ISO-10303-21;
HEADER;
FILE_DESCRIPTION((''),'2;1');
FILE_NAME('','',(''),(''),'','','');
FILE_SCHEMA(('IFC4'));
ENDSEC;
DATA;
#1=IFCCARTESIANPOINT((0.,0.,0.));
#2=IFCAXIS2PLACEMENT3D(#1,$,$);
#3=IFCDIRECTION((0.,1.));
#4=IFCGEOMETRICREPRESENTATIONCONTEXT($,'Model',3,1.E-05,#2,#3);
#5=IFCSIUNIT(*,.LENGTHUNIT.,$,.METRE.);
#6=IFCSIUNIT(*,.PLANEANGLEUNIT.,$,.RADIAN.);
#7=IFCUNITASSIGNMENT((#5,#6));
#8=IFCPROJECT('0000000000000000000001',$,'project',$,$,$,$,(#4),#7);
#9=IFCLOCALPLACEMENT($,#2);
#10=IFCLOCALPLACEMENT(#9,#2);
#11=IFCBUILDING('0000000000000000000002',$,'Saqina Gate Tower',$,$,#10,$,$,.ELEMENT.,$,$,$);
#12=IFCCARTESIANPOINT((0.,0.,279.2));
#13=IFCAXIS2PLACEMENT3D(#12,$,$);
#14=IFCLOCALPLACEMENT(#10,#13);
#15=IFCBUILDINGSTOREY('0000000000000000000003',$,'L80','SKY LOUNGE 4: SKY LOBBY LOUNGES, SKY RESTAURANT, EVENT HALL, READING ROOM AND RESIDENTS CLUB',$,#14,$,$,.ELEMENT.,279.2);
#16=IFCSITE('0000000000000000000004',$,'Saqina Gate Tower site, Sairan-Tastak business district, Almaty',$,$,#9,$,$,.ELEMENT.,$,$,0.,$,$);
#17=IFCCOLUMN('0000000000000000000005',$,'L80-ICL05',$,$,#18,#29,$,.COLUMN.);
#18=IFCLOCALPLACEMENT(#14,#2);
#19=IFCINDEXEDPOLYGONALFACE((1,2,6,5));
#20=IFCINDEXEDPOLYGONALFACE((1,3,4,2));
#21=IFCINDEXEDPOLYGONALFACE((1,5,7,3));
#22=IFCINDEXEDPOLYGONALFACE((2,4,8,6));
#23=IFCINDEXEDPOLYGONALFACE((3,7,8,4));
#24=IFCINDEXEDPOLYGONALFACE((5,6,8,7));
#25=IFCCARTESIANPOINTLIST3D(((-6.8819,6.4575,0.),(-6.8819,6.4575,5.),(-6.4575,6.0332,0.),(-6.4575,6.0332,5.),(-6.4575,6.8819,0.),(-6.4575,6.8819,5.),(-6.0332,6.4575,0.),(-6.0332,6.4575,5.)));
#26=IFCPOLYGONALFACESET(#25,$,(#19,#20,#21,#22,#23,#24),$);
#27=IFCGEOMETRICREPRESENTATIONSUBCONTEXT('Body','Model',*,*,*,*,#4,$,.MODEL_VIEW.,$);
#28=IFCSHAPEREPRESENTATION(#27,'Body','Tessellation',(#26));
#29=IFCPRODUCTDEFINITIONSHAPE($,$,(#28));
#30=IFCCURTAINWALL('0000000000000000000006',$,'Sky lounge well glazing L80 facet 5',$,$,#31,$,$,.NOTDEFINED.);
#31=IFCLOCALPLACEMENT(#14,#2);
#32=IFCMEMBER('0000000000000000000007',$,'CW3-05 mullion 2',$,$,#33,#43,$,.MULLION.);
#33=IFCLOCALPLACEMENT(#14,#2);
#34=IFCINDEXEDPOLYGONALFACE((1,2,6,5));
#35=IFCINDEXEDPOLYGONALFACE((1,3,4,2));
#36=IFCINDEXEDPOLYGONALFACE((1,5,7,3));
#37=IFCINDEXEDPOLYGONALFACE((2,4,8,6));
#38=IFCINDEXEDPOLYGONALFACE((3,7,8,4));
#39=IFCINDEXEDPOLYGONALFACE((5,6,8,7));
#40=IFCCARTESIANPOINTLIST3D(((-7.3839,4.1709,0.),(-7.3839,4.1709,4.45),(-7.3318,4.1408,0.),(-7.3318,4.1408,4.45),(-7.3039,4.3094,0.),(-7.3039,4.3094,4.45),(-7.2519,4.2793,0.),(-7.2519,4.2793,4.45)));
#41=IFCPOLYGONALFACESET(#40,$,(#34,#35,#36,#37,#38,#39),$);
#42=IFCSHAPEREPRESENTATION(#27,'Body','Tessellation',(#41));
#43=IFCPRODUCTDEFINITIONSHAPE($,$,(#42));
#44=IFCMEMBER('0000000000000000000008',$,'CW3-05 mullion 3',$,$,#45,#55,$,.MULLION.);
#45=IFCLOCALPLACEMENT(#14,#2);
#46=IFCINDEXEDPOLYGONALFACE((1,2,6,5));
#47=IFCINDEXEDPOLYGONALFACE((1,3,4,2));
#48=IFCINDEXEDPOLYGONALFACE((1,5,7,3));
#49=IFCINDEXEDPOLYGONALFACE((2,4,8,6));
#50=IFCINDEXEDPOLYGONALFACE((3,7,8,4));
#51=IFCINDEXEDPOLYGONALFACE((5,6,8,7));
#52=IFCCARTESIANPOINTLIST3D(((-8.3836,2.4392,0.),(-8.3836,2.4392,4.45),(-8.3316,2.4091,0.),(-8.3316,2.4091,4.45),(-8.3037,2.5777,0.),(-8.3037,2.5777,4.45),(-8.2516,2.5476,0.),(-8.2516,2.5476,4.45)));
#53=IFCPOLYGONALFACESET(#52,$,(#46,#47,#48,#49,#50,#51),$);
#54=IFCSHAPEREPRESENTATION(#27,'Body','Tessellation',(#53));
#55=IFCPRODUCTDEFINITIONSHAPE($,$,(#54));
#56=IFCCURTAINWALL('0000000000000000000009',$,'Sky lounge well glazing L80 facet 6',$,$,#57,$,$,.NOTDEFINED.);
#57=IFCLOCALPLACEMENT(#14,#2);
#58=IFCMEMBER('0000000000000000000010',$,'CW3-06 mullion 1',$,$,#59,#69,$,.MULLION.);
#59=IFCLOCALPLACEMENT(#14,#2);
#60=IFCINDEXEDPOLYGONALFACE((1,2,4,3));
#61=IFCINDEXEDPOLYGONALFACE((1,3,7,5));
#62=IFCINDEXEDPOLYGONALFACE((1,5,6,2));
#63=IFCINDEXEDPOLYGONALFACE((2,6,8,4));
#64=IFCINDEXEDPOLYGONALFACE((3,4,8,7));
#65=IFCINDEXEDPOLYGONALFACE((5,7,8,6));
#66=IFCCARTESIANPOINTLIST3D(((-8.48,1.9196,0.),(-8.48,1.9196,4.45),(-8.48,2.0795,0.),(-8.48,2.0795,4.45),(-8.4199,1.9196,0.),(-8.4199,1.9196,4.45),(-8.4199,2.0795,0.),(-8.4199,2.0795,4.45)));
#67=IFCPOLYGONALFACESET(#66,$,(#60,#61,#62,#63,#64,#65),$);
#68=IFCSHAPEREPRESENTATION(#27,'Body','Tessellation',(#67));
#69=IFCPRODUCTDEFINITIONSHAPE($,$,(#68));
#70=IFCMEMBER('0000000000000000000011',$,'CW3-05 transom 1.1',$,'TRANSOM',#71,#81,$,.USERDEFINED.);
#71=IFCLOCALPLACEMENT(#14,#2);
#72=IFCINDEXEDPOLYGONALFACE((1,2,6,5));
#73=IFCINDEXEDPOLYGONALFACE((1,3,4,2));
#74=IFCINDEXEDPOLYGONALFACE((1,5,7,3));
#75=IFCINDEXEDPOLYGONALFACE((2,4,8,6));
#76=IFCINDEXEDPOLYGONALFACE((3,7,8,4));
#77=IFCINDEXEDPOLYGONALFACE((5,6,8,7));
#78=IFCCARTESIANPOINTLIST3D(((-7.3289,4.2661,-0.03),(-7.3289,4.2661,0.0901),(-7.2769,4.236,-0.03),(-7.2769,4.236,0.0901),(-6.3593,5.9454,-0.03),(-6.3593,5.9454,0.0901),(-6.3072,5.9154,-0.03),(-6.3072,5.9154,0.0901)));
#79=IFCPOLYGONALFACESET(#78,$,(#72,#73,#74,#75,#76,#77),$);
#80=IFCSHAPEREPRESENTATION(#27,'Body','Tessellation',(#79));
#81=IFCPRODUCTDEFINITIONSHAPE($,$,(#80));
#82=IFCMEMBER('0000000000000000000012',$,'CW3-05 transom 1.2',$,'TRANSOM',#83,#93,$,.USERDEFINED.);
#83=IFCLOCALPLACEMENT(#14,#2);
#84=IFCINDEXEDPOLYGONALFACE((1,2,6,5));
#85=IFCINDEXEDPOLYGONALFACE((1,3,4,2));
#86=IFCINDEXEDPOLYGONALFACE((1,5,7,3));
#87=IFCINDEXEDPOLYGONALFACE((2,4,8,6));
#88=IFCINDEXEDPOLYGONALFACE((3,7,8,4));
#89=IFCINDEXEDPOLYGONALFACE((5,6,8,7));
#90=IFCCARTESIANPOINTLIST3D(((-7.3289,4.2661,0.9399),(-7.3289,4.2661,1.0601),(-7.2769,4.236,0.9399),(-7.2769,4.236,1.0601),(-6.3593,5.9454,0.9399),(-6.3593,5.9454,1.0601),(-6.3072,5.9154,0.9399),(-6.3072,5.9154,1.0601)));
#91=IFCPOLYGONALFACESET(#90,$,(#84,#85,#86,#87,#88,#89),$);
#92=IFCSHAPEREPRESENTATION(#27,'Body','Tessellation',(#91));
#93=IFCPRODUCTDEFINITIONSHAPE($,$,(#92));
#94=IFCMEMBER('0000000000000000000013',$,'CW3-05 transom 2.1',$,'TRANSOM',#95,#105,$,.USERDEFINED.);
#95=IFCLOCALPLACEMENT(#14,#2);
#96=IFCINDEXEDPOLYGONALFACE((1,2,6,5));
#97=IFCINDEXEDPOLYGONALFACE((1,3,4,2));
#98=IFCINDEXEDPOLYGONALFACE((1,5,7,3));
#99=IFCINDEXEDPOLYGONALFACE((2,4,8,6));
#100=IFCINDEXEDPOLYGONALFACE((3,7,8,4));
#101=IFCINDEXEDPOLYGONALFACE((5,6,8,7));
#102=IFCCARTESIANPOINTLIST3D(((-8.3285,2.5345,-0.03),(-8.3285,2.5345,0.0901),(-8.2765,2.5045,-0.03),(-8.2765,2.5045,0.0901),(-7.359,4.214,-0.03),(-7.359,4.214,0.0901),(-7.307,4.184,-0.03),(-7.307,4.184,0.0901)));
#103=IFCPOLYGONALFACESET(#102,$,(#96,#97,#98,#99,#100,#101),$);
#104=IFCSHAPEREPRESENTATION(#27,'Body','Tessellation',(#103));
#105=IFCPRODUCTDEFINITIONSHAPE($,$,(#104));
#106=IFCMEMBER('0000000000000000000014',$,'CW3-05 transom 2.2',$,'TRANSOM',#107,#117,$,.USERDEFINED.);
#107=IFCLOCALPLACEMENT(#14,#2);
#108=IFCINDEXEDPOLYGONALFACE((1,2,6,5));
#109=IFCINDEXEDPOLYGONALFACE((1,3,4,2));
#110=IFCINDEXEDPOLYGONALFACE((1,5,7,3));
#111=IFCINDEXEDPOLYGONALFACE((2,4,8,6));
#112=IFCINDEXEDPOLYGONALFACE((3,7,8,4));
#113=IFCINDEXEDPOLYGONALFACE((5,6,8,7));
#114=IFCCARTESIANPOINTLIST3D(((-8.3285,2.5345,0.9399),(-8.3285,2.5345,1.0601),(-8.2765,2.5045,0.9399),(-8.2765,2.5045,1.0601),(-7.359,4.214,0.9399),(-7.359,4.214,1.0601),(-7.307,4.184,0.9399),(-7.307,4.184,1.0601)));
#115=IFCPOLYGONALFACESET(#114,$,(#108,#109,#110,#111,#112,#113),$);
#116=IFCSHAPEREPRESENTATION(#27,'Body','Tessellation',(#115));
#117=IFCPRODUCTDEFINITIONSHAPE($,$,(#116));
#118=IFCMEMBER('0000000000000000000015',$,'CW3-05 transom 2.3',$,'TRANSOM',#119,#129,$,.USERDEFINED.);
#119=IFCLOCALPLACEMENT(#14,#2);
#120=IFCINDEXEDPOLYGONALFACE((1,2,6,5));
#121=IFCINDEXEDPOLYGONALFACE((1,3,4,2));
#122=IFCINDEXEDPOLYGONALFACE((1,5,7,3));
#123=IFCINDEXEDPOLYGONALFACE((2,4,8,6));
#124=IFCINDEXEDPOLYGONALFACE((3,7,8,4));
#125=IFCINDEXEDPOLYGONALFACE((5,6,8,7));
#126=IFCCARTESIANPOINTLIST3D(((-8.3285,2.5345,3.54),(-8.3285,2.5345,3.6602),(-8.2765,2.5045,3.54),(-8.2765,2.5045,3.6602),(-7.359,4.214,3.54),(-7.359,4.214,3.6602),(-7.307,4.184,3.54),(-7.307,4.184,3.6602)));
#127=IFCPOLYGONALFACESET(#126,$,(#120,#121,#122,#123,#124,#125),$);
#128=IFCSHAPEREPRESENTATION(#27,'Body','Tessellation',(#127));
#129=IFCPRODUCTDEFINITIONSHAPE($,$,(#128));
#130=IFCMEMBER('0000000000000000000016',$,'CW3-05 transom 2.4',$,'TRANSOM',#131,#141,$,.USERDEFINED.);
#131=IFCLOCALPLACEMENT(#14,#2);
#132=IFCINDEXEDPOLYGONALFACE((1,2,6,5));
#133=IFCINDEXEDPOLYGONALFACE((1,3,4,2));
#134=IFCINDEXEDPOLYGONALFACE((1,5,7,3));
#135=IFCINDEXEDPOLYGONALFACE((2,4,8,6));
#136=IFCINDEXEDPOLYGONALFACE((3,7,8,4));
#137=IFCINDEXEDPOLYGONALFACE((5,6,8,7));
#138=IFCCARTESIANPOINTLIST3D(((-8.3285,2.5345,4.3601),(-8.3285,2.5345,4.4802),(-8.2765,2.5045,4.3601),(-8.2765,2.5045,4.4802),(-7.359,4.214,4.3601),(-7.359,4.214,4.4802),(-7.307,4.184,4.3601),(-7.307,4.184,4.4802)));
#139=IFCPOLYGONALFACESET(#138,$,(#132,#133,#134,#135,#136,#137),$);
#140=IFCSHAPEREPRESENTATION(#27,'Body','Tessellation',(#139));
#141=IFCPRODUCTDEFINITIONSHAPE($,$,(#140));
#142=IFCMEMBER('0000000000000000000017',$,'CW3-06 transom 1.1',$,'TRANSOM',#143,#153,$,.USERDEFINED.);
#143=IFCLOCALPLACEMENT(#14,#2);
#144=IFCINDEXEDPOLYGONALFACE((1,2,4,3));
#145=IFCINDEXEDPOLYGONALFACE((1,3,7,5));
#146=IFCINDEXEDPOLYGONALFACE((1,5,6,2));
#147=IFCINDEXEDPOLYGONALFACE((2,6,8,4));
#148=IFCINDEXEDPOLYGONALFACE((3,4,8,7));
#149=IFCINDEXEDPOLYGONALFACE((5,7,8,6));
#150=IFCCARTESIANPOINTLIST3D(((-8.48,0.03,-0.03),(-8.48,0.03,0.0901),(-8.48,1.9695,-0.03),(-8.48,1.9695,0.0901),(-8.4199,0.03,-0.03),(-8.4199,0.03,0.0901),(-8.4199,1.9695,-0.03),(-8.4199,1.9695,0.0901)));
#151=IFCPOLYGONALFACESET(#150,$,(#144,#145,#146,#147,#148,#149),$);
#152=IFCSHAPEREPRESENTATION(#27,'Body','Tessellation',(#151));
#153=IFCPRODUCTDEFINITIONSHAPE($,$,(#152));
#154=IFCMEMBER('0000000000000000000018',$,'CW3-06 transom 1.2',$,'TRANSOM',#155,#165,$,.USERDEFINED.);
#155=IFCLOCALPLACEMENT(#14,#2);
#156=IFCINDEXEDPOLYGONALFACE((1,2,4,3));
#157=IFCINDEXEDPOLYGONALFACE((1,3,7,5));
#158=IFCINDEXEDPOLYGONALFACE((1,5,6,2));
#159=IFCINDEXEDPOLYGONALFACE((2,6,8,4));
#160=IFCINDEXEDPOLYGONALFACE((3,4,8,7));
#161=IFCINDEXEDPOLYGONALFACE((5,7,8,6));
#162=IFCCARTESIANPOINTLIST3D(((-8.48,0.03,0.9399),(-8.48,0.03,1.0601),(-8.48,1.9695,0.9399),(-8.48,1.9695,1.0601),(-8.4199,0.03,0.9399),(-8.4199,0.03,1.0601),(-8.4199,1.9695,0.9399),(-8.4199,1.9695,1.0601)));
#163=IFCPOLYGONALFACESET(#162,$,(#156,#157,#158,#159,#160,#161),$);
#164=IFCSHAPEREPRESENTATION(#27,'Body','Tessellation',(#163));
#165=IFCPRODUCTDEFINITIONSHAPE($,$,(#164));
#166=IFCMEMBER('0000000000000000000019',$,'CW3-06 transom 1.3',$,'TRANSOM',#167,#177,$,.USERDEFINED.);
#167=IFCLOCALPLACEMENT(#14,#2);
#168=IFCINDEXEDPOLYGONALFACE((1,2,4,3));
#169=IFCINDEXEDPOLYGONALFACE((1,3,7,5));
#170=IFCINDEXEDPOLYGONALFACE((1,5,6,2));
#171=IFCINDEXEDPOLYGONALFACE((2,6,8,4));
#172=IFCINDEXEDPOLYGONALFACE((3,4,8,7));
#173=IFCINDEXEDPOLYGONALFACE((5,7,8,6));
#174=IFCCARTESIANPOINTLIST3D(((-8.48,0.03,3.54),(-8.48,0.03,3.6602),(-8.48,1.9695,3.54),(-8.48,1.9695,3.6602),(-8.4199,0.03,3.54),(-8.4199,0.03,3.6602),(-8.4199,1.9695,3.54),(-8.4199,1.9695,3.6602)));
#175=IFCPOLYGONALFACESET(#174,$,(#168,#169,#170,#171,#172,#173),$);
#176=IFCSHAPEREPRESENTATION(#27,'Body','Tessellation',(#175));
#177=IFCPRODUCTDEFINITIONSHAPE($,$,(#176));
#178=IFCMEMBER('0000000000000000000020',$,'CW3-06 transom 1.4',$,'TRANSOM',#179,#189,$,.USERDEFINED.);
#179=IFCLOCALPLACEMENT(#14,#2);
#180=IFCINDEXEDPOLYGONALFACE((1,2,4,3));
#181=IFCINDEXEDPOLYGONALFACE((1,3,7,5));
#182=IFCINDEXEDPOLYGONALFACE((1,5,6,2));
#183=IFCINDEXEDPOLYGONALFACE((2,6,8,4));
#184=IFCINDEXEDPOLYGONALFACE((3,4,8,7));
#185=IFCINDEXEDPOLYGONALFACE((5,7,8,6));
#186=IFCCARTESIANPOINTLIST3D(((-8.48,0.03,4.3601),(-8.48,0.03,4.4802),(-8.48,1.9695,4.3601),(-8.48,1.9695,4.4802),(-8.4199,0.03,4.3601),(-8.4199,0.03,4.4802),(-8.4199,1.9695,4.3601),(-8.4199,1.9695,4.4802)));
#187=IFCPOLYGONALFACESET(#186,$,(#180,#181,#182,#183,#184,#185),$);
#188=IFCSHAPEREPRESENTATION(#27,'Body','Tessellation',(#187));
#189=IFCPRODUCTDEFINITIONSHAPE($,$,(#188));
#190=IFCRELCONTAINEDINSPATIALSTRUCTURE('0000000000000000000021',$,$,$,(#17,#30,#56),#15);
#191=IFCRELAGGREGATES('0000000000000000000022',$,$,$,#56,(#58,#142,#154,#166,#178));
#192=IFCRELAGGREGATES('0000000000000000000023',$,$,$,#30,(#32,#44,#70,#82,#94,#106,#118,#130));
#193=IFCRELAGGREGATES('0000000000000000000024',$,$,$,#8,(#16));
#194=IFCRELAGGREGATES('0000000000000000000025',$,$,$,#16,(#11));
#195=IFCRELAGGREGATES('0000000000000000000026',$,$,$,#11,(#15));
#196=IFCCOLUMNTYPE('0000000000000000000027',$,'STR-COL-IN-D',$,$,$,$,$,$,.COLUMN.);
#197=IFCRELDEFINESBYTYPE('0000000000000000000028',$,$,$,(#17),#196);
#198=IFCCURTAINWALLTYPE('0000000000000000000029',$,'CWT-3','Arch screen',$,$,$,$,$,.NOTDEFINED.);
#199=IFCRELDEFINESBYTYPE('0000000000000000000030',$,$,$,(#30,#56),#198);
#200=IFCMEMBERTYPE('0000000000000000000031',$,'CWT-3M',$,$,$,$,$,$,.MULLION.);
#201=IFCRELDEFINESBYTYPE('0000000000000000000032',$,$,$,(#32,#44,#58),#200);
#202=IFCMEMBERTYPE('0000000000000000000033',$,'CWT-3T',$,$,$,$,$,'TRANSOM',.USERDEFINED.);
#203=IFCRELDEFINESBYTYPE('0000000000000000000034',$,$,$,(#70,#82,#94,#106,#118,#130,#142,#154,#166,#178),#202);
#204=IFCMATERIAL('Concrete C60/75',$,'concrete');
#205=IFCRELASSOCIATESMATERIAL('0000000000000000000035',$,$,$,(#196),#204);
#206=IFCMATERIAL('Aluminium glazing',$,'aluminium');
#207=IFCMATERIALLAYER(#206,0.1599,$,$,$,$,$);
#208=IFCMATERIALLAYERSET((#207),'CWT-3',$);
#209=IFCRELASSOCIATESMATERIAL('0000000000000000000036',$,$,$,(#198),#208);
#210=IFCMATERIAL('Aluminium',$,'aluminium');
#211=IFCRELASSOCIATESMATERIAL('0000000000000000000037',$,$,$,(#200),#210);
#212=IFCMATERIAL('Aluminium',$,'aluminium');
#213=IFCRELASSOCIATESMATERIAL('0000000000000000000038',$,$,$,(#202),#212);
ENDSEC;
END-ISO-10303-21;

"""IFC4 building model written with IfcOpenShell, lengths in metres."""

from ifc_helpers import new_model, si_unit, direction, frame, origin, origin_2d, place, context, subcontext, project, spatial, rectangle, extrude, material, layer, layer_set, material_profile, profile_set, type_object, element, aggregate, save


model = new_model("IFC4")

# Units and contexts
model_context = context("Model", 3, precision=1e-05, world=origin(), true_north=direction((0.0, 1.0)))
body_context = subcontext(model_context, "Body", "Model", "MODEL_VIEW")
ifc_project = project(units=[si_unit("LENGTHUNIT", "METRE"), si_unit("PLANEANGLEUNIT", "RADIAN")], contexts=[model_context])

# Site, building, storey
site_placement = place(None, origin())
site = spatial("IfcSite", under=ifc_project, at=site_placement, Name="Saqina Gate Tower site, Sairan-Tastak business district, Almaty", CompositionType="ELEMENT", RefElevation=0.0)
building_placement = place(site_placement, origin())
building = spatial("IfcBuilding", under=site, at=building_placement, Name="Saqina Gate Tower", CompositionType="ELEMENT")
storey_placement = place(building_placement, frame((0.0, 0.0, 279.2)))
storey = spatial("IfcBuildingStorey", under=building, at=storey_placement, Name="L80", Description="SKY LOUNGE 4: SKY LOBBY LOUNGES, SKY RESTAURANT, EVENT HALL, READING ROOM AND RESIDENTS CLUB", CompositionType="ELEMENT", Elevation=279.2)

# Column
ifc_material_1 = material(Name="Concrete C60/75", Category="concrete")
ifc_material_profile_1 = material_profile(ifc_material_1, rectangle(XDim=0.6001, YDim=0.6001, at=origin_2d()), Name="RC 600x600")
ifc_profile_set_1 = profile_set([ifc_material_profile_1], Name="Concrete C60/75")
column_type = type_object("IfcColumnType", Name="STR-COL-IN-D", PredefinedType="COLUMN", material=ifc_profile_set_1)
column_placement = place(storey_placement, frame((-6.4575, 6.4575, 0.0), z_axis=(0.0, 0.0, 1.0), x_axis=(-0.707107, 0.707107, 0.0)))
element("IfcColumn", 1, at=column_placement, inside=storey, type_object=column_type, Name="L80-ICL05", PredefinedType="COLUMN", context=body_context, shape_type="SweptSolid", body=[
    extrude(rectangle(XDim=0.6001, YDim=0.6001, at=origin_2d()), origin(), (0.0, 0.0, 1.0), 5.0),
])

# Curtain wall, members
ifc_material_2 = material(Name="Aluminium glazing", Category="aluminium")
ifc_layer_1 = layer(ifc_material_2, 0.1599)
ifc_layer_set_1 = layer_set([ifc_layer_1], Name="CWT-3")
curtain_wall_type = type_object("IfcCurtainWallType", Name="CWT-3", Description="Arch screen", PredefinedType="NOTDEFINED", material=ifc_layer_set_1)
curtain_wall_1_placement = place(storey_placement, origin())
curtain_wall_1 = element("IfcCurtainWall", 2, at=curtain_wall_1_placement, inside=storey, type_object=curtain_wall_type, Name="Sky lounge well glazing L80 facet 5", PredefinedType="NOTDEFINED")
ifc_material_3 = material(Name="Aluminium", Category="aluminium")
ifc_material_profile_2 = material_profile(ifc_material_3, rectangle(XDim=0.0601, YDim=0.1599, at=origin_2d()), Name="Aluminium 60x160")
ifc_profile_set_2 = profile_set([ifc_material_profile_2], Name="Aluminium")
member_type_1 = type_object("IfcMemberType", Name="CWT-3M", PredefinedType="MULLION", material=ifc_profile_set_2)
member_1_placement = place(storey_placement, frame((-7.3179, 4.2251, 0.0), z_axis=(0.0, 0.0, 1.0), x_axis=(0.866024, -0.500003, 0.0)))
member_1 = element("IfcMember", 3, at=member_1_placement, type_object=member_type_1, Name="CW3-05 mullion 2", PredefinedType="MULLION", context=body_context, shape_type="SweptSolid", body=[
    extrude(rectangle(XDim=0.0601, YDim=0.1599, at=origin_2d()), origin(), (0.0, 0.0, 1.0), 4.45),
])
member_2_placement = place(storey_placement, frame((-8.3176, 2.4934, 0.0), z_axis=(0.0, 0.0, 1.0), x_axis=(0.866024, -0.500003, 0.0)))
member_2 = element("IfcMember", 4, at=member_2_placement, type_object=member_type_1, Name="CW3-05 mullion 3", PredefinedType="MULLION", context=body_context, shape_type="SweptSolid", body=[
    extrude(rectangle(XDim=0.0601, YDim=0.1599, at=origin_2d()), origin(), (0.0, 0.0, 1.0), 4.45),
])

# Curtain wall, member
curtain_wall_2_placement = place(storey_placement, origin())
curtain_wall_2 = element("IfcCurtainWall", 5, at=curtain_wall_2_placement, inside=storey, type_object=curtain_wall_type, Name="Sky lounge well glazing L80 facet 6", PredefinedType="NOTDEFINED")
member_3_placement = place(storey_placement, frame((-8.45, 1.9995, 0.0), z_axis=(0.0, 0.0, 1.0), x_axis=(1.0, 0.0, 0.0)))
member_3 = element("IfcMember", 6, at=member_3_placement, type_object=member_type_1, Name="CW3-06 mullion 1", PredefinedType="MULLION", context=body_context, shape_type="SweptSolid", body=[
    extrude(rectangle(XDim=0.0601, YDim=0.1599, at=origin_2d()), origin(), (0.0, 0.0, 1.0), 4.45),
])

# Members
ifc_material_4 = material(Name="Aluminium", Category="aluminium")
ifc_material_profile_3 = material_profile(ifc_material_4, rectangle(XDim=0.0601, YDim=0.1201, at=origin_2d()), Name="Aluminium 60x120")
ifc_profile_set_3 = profile_set([ifc_material_profile_3], Name="Aluminium")
member_type_2 = type_object("IfcMemberType", Name="CWT-3T", ElementType="TRANSOM", PredefinedType="USERDEFINED", material=ifc_profile_set_3)
member_4_placement = place(storey_placement, frame((-6.3333, 5.9304, 0.03), z_axis=(-0.500038, -0.866003, 0.0), x_axis=(0.866003, -0.500038, 0.0)))
member_4 = element("IfcMember", 7, at=member_4_placement, type_object=member_type_2, Name="CW3-05 transom 1.1", ObjectType="TRANSOM", PredefinedType="USERDEFINED", context=body_context, shape_type="SweptSolid", body=[
    extrude(rectangle(XDim=0.0601, YDim=0.1201, at=origin_2d()), origin(), (0.0, 0.0, 1.0), 1.9392),
])
member_5_placement = place(storey_placement, frame((-6.3333, 5.9304, 1.0), z_axis=(-0.500038, -0.866003, 0.0), x_axis=(0.866003, -0.500038, 0.0)))
member_5 = element("IfcMember", 8, at=member_5_placement, type_object=member_type_2, Name="CW3-05 transom 1.2", ObjectType="TRANSOM", PredefinedType="USERDEFINED", context=body_context, shape_type="SweptSolid", body=[
    extrude(rectangle(XDim=0.0601, YDim=0.1201, at=origin_2d()), origin(), (0.0, 0.0, 1.0), 1.9392),
])
member_6_placement = place(storey_placement, frame((-7.333, 4.199, 0.03), z_axis=(-0.499944, -0.866058, 0.0), x_axis=(0.866058, -0.499944, 0.0)))
member_6 = element("IfcMember", 9, at=member_6_placement, type_object=member_type_2, Name="CW3-05 transom 2.1", ObjectType="TRANSOM", PredefinedType="USERDEFINED", context=body_context, shape_type="SweptSolid", body=[
    extrude(rectangle(XDim=0.0601, YDim=0.1201, at=origin_2d()), origin(), (0.0, 0.0, 1.0), 1.9392),
])
member_7_placement = place(storey_placement, frame((-7.333, 4.199, 1.0), z_axis=(-0.499944, -0.866058, 0.0), x_axis=(0.866058, -0.499944, 0.0)))
member_7 = element("IfcMember", 10, at=member_7_placement, type_object=member_type_2, Name="CW3-05 transom 2.2", ObjectType="TRANSOM", PredefinedType="USERDEFINED", context=body_context, shape_type="SweptSolid", body=[
    extrude(rectangle(XDim=0.0601, YDim=0.1201, at=origin_2d()), origin(), (0.0, 0.0, 1.0), 1.9392),
])
member_8_placement = place(storey_placement, frame((-7.333, 4.199, 3.6001), z_axis=(-0.499944, -0.866058, 0.0), x_axis=(0.866058, -0.499944, 0.0)))
member_8 = element("IfcMember", 11, at=member_8_placement, type_object=member_type_2, Name="CW3-05 transom 2.3", ObjectType="TRANSOM", PredefinedType="USERDEFINED", context=body_context, shape_type="SweptSolid", body=[
    extrude(rectangle(XDim=0.0601, YDim=0.1201, at=origin_2d()), origin(), (0.0, 0.0, 1.0), 1.9392),
])
member_9_placement = place(storey_placement, frame((-7.333, 4.199, 4.4202), z_axis=(-0.499944, -0.866058, 0.0), x_axis=(0.866058, -0.499944, 0.0)))
member_9 = element("IfcMember", 12, at=member_9_placement, type_object=member_type_2, Name="CW3-05 transom 2.4", ObjectType="TRANSOM", PredefinedType="USERDEFINED", context=body_context, shape_type="SweptSolid", body=[
    extrude(rectangle(XDim=0.0601, YDim=0.1201, at=origin_2d()), origin(), (0.0, 0.0, 1.0), 1.9392),
])
member_10_placement = place(storey_placement, frame((-8.45, 1.9695, 0.03), z_axis=(0.0, -1.0, 0.0), x_axis=(1.0, 0.0, 0.0)))
member_10 = element("IfcMember", 13, at=member_10_placement, type_object=member_type_2, Name="CW3-06 transom 1.1", ObjectType="TRANSOM", PredefinedType="USERDEFINED", context=body_context, shape_type="SweptSolid", body=[
    extrude(rectangle(XDim=0.0601, YDim=0.1201, at=origin_2d()), origin(), (0.0, 0.0, 1.0), 1.9395),
])
member_11_placement = place(storey_placement, frame((-8.45, 1.9695, 1.0), z_axis=(0.0, -1.0, 0.0), x_axis=(1.0, 0.0, 0.0)))
member_11 = element("IfcMember", 14, at=member_11_placement, type_object=member_type_2, Name="CW3-06 transom 1.2", ObjectType="TRANSOM", PredefinedType="USERDEFINED", context=body_context, shape_type="SweptSolid", body=[
    extrude(rectangle(XDim=0.0601, YDim=0.1201, at=origin_2d()), origin(), (0.0, 0.0, 1.0), 1.9395),
])
member_12_placement = place(storey_placement, frame((-8.45, 1.9695, 3.6001), z_axis=(0.0, -1.0, 0.0), x_axis=(1.0, 0.0, 0.0)))
member_12 = element("IfcMember", 15, at=member_12_placement, type_object=member_type_2, Name="CW3-06 transom 1.3", ObjectType="TRANSOM", PredefinedType="USERDEFINED", context=body_context, shape_type="SweptSolid", body=[
    extrude(rectangle(XDim=0.0601, YDim=0.1201, at=origin_2d()), origin(), (0.0, 0.0, 1.0), 1.9395),
])
member_13_placement = place(storey_placement, frame((-8.45, 1.9695, 4.4202), z_axis=(0.0, -1.0, 0.0), x_axis=(1.0, 0.0, 0.0)))
member_13 = element("IfcMember", 16, at=member_13_placement, type_object=member_type_2, Name="CW3-06 transom 1.4", ObjectType="TRANSOM", PredefinedType="USERDEFINED", context=body_context, shape_type="SweptSolid", body=[
    extrude(rectangle(XDim=0.0601, YDim=0.1201, at=origin_2d()), origin(), (0.0, 0.0, 1.0), 1.9395),
])
aggregate(curtain_wall_2, [member_3, member_10, member_11, member_12, member_13])

aggregate(curtain_wall_1, [member_1, member_2, member_4, member_5, member_6, member_7, member_8, member_9])

save(model, "model.ifc")
